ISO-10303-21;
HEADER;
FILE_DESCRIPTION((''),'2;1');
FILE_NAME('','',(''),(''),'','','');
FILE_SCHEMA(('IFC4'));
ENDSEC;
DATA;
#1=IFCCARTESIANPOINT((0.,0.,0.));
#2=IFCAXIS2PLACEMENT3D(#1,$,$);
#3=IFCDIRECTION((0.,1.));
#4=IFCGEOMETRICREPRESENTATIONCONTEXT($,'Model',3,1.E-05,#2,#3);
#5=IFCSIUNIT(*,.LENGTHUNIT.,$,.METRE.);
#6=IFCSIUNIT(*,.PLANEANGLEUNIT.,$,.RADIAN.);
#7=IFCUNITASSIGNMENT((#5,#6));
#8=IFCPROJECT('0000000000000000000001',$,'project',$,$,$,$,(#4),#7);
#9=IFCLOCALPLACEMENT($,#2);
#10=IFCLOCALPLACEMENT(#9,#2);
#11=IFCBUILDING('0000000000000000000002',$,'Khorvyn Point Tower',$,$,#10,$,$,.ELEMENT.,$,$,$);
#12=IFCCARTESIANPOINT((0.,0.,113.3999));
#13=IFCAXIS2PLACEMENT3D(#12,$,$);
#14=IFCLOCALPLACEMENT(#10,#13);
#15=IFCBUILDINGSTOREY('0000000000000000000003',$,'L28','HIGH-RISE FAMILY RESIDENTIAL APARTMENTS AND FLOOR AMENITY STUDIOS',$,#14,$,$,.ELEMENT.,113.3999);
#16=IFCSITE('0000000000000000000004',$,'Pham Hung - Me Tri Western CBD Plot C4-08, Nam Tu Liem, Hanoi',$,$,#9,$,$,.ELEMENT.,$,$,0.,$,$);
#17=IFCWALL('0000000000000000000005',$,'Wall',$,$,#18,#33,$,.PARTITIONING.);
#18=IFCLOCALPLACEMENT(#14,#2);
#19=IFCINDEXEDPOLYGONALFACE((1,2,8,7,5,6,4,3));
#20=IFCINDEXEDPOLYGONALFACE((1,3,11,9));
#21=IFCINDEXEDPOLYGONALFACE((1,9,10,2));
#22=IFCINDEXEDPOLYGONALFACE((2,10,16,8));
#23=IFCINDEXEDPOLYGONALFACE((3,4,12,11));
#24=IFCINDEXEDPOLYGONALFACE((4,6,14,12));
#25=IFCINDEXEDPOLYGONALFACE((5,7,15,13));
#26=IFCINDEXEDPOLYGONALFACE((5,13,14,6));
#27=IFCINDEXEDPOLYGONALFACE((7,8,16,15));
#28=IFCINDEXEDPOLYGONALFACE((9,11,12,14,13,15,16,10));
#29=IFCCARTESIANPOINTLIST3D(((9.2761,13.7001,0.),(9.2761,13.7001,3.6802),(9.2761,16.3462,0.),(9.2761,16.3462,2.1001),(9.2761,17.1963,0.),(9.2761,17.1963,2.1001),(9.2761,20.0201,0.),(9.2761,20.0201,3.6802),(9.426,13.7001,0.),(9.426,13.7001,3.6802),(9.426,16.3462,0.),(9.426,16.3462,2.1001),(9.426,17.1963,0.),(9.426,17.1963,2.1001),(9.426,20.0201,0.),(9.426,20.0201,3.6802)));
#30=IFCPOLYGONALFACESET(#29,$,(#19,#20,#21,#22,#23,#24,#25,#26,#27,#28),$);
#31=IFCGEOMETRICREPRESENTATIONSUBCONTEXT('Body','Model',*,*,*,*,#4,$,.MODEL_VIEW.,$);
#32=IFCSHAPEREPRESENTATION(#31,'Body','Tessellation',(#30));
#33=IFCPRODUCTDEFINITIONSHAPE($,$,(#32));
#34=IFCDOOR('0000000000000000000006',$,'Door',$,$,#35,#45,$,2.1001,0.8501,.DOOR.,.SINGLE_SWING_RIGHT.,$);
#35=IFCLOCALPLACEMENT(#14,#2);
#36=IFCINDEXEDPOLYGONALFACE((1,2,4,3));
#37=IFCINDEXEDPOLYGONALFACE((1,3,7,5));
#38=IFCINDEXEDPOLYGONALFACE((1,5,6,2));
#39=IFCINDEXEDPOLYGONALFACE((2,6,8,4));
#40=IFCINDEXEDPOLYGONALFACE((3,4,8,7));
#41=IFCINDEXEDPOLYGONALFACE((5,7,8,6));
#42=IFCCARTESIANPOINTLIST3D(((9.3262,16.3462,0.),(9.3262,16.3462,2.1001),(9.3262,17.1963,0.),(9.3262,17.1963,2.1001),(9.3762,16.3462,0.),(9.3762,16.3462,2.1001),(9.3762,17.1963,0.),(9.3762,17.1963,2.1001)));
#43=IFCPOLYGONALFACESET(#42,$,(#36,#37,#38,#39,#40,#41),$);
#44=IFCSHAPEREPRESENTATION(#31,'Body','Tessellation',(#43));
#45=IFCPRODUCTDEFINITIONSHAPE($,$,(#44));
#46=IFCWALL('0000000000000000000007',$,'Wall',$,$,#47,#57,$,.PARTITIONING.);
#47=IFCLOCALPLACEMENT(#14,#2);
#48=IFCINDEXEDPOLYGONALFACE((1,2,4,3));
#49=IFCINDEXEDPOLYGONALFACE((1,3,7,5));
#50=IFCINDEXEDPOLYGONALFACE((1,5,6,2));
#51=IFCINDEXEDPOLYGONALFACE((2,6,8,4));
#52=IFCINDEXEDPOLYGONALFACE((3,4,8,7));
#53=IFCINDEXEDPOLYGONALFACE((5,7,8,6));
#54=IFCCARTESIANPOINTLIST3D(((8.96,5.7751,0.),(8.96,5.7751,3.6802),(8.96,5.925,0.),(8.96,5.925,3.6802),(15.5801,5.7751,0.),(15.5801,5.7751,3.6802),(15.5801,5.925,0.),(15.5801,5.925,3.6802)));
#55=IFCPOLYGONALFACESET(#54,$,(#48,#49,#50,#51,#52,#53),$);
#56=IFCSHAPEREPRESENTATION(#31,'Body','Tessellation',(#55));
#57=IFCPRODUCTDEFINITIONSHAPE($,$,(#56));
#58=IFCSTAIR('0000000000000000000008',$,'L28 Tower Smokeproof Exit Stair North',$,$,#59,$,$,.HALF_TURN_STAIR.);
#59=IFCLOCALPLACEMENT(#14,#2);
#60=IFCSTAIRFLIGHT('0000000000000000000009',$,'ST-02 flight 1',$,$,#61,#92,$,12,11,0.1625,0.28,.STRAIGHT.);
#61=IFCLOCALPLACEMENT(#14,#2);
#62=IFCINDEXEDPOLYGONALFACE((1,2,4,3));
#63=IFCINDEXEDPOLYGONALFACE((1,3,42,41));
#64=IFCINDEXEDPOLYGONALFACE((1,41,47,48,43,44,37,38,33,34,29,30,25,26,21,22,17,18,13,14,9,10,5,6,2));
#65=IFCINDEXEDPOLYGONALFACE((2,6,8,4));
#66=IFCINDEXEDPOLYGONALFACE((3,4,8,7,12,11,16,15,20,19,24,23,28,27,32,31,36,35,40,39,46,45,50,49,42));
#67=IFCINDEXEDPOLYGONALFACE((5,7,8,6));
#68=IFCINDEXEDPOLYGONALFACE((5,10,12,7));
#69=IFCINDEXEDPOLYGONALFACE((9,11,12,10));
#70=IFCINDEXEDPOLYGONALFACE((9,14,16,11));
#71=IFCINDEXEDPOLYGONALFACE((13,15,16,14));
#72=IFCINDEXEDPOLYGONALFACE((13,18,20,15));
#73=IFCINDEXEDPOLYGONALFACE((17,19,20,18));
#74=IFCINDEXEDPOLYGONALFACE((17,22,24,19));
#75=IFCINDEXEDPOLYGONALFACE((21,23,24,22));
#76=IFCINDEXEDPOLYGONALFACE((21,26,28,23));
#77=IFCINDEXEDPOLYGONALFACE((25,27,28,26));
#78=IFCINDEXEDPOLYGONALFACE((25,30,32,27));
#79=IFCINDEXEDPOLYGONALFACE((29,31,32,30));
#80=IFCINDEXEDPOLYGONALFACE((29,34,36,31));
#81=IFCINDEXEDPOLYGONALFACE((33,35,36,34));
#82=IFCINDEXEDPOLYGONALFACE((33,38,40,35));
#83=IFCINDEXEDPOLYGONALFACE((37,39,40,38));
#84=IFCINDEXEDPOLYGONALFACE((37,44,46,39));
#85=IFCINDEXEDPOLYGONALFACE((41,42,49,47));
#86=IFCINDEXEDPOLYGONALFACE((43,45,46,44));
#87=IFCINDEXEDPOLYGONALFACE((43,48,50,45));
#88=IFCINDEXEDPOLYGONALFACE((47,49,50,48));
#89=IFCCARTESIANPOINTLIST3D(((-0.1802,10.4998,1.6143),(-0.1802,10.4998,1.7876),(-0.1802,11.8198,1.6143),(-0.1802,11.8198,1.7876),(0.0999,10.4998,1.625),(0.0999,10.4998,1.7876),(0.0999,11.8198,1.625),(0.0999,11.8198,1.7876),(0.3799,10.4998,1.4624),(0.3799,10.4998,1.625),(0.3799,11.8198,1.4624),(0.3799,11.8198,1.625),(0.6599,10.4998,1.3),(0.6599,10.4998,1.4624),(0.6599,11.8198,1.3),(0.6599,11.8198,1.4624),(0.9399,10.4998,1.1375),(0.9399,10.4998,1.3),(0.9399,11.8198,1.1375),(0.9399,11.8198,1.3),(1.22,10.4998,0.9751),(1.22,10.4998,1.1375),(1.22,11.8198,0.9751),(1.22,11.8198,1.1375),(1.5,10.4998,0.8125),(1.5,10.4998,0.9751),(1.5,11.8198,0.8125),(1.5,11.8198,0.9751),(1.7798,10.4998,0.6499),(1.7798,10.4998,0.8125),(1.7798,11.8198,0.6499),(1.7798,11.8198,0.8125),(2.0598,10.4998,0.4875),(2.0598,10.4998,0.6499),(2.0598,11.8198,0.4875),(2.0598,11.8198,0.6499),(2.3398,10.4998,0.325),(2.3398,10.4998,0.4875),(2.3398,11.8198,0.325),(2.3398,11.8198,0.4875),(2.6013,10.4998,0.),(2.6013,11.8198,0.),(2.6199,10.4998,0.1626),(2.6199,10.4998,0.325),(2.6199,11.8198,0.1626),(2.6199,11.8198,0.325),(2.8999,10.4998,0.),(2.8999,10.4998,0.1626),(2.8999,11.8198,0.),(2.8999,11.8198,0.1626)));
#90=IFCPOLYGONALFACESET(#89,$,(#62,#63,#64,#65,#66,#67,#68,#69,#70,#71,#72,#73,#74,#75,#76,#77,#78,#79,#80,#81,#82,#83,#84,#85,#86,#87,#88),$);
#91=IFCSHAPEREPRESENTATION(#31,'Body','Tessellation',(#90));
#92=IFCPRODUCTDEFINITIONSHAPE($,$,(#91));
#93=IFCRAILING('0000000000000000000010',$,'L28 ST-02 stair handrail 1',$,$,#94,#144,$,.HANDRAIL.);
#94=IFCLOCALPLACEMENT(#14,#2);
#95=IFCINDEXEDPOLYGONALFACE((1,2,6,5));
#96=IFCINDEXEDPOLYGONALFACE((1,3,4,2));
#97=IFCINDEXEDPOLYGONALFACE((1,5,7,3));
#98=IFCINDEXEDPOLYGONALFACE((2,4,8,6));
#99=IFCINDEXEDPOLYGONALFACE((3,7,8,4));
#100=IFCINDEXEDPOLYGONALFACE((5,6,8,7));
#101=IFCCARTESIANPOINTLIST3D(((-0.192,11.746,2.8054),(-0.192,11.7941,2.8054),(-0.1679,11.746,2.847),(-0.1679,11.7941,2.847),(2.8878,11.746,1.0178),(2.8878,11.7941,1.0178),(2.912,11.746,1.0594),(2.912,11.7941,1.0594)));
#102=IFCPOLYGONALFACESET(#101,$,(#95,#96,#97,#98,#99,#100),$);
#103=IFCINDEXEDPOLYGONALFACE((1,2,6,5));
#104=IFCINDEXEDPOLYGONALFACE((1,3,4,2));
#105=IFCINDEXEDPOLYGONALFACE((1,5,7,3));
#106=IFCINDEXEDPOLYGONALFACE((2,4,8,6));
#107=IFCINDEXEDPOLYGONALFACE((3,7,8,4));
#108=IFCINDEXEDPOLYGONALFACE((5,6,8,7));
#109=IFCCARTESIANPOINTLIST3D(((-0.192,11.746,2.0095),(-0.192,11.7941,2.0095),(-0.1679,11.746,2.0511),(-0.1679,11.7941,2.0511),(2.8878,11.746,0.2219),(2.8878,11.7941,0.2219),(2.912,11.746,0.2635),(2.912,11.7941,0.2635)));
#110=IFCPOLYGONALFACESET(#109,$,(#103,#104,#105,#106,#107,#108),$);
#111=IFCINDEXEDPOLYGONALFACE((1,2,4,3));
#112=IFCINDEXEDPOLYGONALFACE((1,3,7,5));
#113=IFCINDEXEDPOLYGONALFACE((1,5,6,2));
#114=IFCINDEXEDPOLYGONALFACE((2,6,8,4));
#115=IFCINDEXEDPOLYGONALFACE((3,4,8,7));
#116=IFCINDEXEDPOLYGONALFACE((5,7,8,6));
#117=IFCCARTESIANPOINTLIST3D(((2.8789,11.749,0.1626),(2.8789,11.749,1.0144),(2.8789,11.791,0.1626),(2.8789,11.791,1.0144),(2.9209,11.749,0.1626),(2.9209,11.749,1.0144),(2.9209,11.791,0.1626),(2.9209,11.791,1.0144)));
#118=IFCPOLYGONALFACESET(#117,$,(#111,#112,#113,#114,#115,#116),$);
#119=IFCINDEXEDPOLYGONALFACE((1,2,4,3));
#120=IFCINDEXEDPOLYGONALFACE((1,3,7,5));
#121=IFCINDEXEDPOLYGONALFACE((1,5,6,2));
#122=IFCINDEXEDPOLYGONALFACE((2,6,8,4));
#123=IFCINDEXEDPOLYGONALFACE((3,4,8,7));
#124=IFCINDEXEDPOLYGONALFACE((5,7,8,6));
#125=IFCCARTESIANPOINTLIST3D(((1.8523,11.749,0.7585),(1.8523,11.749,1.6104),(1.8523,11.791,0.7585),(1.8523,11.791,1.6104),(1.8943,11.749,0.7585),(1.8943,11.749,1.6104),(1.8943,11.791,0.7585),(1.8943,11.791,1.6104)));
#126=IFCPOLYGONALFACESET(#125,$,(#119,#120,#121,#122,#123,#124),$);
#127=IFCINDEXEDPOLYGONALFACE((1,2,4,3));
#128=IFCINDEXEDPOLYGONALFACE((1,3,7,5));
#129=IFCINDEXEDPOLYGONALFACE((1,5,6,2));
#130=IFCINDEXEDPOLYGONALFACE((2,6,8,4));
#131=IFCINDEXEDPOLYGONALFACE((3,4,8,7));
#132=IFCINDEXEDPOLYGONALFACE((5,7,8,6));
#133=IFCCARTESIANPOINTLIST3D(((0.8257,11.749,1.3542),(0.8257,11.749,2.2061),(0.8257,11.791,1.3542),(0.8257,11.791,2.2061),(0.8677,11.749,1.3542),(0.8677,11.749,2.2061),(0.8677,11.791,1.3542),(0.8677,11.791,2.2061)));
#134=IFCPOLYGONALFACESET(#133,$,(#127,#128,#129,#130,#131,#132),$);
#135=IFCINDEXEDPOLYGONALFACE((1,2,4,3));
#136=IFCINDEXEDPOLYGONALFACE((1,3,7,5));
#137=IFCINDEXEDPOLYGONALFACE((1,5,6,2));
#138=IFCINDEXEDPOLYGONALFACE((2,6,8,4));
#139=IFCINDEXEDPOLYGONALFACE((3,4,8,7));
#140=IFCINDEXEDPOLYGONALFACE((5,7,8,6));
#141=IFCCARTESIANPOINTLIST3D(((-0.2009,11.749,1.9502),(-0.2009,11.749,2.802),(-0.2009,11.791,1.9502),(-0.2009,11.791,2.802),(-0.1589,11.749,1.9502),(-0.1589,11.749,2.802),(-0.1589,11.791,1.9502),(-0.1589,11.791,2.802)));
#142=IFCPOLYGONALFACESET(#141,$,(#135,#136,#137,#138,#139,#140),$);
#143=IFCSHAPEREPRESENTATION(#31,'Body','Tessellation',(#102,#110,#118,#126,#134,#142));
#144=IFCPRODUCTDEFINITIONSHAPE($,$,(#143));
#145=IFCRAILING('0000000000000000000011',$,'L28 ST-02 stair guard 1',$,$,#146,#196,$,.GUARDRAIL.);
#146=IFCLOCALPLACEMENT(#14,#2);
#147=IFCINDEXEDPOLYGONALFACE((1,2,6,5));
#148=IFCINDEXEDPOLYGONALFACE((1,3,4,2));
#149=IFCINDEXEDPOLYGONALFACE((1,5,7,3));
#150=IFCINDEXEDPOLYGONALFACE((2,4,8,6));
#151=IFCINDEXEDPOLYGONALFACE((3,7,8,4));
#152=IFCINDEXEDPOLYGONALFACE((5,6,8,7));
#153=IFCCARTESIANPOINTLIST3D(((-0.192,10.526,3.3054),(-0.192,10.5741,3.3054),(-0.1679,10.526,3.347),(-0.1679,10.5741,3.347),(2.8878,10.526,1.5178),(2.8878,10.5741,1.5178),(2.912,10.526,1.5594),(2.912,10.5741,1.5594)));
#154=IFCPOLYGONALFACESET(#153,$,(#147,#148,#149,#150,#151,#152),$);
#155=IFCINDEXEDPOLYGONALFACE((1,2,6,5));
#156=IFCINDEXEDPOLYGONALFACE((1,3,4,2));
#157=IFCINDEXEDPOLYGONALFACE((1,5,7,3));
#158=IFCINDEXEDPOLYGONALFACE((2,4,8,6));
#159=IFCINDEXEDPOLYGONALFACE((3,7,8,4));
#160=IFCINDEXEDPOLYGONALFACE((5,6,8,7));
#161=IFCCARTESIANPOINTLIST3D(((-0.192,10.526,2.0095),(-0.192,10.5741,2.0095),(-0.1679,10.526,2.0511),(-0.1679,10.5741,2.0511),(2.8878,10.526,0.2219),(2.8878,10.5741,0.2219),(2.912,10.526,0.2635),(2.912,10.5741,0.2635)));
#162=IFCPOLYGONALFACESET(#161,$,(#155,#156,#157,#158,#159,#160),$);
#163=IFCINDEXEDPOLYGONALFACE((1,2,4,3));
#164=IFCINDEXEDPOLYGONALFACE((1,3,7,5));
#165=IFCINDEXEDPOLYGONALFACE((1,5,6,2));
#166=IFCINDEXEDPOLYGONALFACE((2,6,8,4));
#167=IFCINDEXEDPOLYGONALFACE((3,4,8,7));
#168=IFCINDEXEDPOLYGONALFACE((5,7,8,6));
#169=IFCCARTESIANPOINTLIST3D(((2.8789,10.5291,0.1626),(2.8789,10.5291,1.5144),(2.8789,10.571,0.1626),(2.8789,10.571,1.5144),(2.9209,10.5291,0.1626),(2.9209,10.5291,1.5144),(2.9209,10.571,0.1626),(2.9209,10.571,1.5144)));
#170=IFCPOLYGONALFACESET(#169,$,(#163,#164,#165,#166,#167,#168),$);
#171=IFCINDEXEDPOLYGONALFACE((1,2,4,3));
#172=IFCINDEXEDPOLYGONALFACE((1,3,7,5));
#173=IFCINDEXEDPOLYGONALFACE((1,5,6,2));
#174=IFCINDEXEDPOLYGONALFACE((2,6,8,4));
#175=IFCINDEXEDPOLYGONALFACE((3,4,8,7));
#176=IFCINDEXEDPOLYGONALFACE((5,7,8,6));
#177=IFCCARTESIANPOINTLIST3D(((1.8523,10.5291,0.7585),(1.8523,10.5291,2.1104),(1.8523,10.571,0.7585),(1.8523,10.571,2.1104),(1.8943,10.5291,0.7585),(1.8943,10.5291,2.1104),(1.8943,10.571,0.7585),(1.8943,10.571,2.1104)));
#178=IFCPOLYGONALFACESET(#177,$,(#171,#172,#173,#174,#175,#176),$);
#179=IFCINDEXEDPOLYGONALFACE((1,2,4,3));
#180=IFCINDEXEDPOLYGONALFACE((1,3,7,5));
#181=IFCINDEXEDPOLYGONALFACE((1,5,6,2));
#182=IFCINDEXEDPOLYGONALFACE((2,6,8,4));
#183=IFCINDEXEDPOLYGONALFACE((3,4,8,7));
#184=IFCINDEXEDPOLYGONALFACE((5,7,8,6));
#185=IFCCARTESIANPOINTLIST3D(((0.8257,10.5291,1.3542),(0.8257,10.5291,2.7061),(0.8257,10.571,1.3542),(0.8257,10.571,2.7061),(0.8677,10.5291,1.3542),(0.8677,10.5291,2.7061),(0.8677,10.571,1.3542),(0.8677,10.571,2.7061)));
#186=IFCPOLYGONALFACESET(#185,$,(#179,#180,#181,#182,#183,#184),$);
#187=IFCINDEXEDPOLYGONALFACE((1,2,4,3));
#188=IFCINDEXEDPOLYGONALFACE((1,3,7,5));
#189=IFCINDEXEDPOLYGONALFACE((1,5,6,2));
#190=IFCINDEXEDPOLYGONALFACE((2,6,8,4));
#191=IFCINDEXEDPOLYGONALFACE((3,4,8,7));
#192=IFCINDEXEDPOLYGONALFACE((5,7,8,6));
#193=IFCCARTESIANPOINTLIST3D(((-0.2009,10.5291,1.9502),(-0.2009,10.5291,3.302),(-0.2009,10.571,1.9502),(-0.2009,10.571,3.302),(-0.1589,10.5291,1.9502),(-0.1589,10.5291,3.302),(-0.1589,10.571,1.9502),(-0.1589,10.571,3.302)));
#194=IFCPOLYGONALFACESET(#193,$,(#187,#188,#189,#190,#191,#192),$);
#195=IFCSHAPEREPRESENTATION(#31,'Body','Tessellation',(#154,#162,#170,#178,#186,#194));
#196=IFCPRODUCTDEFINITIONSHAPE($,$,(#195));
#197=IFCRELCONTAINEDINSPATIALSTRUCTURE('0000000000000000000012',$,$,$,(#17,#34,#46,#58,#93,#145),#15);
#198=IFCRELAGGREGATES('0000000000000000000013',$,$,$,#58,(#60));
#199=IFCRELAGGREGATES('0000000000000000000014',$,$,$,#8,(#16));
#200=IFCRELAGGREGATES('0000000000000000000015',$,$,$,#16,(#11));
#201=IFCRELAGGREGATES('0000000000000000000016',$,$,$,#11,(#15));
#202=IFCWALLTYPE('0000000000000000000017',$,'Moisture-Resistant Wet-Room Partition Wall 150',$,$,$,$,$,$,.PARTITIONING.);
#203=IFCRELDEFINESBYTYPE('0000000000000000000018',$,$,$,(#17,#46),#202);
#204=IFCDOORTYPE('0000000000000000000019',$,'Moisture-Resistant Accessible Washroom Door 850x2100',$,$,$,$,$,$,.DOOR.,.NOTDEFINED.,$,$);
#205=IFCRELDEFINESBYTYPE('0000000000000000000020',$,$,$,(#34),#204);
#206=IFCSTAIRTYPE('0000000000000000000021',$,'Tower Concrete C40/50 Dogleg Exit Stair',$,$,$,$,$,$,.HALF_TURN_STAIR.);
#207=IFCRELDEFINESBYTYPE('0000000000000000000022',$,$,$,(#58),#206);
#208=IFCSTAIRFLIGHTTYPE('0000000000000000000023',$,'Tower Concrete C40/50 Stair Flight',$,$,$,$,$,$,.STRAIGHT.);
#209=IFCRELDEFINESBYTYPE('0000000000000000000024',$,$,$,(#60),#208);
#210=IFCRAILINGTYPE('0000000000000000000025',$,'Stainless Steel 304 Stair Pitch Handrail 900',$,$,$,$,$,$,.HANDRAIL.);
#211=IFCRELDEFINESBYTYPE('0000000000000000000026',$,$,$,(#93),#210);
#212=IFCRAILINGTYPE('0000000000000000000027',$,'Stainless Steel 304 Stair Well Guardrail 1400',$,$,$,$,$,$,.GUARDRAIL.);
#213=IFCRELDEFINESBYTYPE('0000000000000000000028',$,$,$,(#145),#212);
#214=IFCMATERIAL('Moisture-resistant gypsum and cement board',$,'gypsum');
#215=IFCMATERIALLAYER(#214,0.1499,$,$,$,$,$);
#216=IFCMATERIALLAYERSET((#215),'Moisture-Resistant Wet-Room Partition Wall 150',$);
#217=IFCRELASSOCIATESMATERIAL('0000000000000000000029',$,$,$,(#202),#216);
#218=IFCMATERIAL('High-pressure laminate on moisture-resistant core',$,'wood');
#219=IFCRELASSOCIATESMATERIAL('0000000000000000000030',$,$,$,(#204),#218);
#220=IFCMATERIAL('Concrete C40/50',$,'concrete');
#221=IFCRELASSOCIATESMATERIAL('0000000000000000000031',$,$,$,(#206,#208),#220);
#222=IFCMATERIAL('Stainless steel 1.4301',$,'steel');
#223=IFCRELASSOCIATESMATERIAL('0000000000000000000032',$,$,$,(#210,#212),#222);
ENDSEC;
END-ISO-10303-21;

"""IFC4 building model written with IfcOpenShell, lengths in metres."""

from ifc_helpers import new_model, si_unit, direction, frame, frame_2d, origin, origin_2d, place, context, subcontext, project, spatial, polyline, rectangle, outline, extrude, material, layer, layer_set, type_object, element, fill, aggregate, save


model = new_model("IFC4")

# Units and contexts
model_context = context("Model", 3, precision=1e-05, world=origin(), true_north=direction((0.0, 1.0)))
body_context = subcontext(model_context, "Body", "Model", "MODEL_VIEW")
ifc_project = project(units=[si_unit("LENGTHUNIT", "METRE"), si_unit("PLANEANGLEUNIT", "RADIAN")], contexts=[model_context])

# Site, building, storey
site_placement = place(None, origin())
site = spatial("IfcSite", under=ifc_project, at=site_placement, Name="Pham Hung - Me Tri Western CBD Plot C4-08, Nam Tu Liem, Hanoi", CompositionType="ELEMENT", RefElevation=0.0)
building_placement = place(site_placement, origin())
building = spatial("IfcBuilding", under=site, at=building_placement, Name="Khorvyn Point Tower", CompositionType="ELEMENT")
storey_placement = place(building_placement, frame((0.0, 0.0, 113.3999)))
storey = spatial("IfcBuildingStorey", under=building, at=storey_placement, Name="L28", Description="HIGH-RISE FAMILY RESIDENTIAL APARTMENTS AND FLOOR AMENITY STUDIOS", CompositionType="ELEMENT", Elevation=113.3999)

# Shared definitions
ifc_material_1 = material(Name="Concrete C40/50", Category="concrete")

# Shared definitions
ifc_material_2 = material(Name="Stainless steel 1.4301", Category="steel")

# Wall, opening, door
ifc_material_3 = material(Name="Moisture-resistant gypsum and cement board", Category="gypsum")
ifc_layer_1 = layer(ifc_material_3, 0.1499)
ifc_layer_set_1 = layer_set([ifc_layer_1], Name="Moisture-Resistant Wet-Room Partition Wall 150")
wall_type_1 = type_object("IfcWallType", Name="Moisture-Resistant Wet-Room Partition Wall 150", PredefinedType="PARTITIONING", material=ifc_layer_set_1)
wall_1_placement = place(storey_placement, frame((9.3511, 13.7, 0.0), z_axis=(0.0, 0.0, 1.0), x_axis=(0.0, 1.0, 0.0)))
wall_1 = element("IfcWall", 1, at=wall_1_placement, inside=storey, type_object=wall_type_1, Name="Wall", PredefinedType="PARTITIONING", context=body_context, shape_type="SweptSolid", body=[
    extrude(rectangle(XDim=6.3201, YDim=0.1499, at=frame_2d((3.1602, 0.0))), origin(), (0.0, 0.0, 1.0), 3.6802),
])
opening_1_placement = place(wall_1_placement, frame((2.6462, 0.0, 0.0)))
opening_1 = element("IfcOpeningElement", 2, at=opening_1_placement, cuts=wall_1, PredefinedType="OPENING", context=body_context, shape_type="SweptSolid", body=[
    extrude(rectangle(XDim=0.8501, YDim=2.1001, at=frame_2d((0.425, 1.05))), frame((0.0, 0.085, 0.0), z_axis=(0.0, -1.0, 0.0), x_axis=(1.0, 0.0, 0.0)), (0.0, 0.0, 1.0), 0.1699),
])
ifc_material_4 = material(Name="High-pressure laminate on moisture-resistant core", Category="wood")
door_type_1 = type_object("IfcDoorType", Name="Moisture-Resistant Accessible Washroom Door 850x2100", OperationType="NOTDEFINED", PredefinedType="DOOR", material=ifc_material_4)
door_1_placement = place(opening_1_placement, origin())
door_1 = element("IfcDoor", 3, at=door_1_placement, inside=storey, type_object=door_type_1, Name="Door", OperationType="SINGLE_SWING_RIGHT", OverallHeight=2.1001, OverallWidth=0.8501, PredefinedType="DOOR", context=body_context, shape_type="SweptSolid", body=[
    extrude(rectangle(XDim=0.8501, YDim=2.1001, at=frame_2d((0.425, 1.05))), frame((0.0, 0.0249, 0.0), z_axis=(0.0, -1.0, 0.0), x_axis=(1.0, 0.0, 0.0)), (0.0, 0.0, 1.0), 0.05),
])
fill(opening_1, door_1)

# Wall
wall_2_placement = place(storey_placement, frame((8.96, 5.8501, 0.0), z_axis=(0.0, 0.0, 1.0), x_axis=(1.0, 0.0, 0.0)))
element("IfcWall", 4, at=wall_2_placement, inside=storey, type_object=wall_type_1, Name="Wall", PredefinedType="PARTITIONING", context=body_context, shape_type="SweptSolid", body=[
    extrude(rectangle(XDim=6.6201, YDim=0.1499, at=frame_2d((3.3101, 0.0))), origin(), (0.0, 0.0, 1.0), 3.6802),
])

# Stair, stair flight
stair_type = type_object("IfcStairType", Name="Tower Concrete C40/50 Dogleg Exit Stair", PredefinedType="HALF_TURN_STAIR", material=ifc_material_1)
stair_placement = place(storey_placement, origin())
stair = element("IfcStair", 5, at=stair_placement, inside=storey, type_object=stair_type, Name="L28 Tower Smokeproof Exit Stair North", PredefinedType="HALF_TURN_STAIR")
stair_flight_type = type_object("IfcStairFlightType", Name="Tower Concrete C40/50 Stair Flight", PredefinedType="STRAIGHT", material=ifc_material_1)
stair_flight_placement = place(storey_placement, frame((2.8999, 11.1599, 0.0), z_axis=(0.0, 0.0, 1.0), x_axis=(-1.0, 0.0, 0.0)))
stair_flight = element("IfcStairFlight", 6, at=stair_flight_placement, type_object=stair_flight_type, Name="ST-02 flight 1", NumberOfRisers=12, NumberOfTreads=11, PredefinedType="STRAIGHT", RiserHeight=0.1625, TreadLength=0.28, context=body_context, shape_type="SweptSolid", body=[
    extrude(outline(polyline([(0.0, 0.0), (0.0, 0.1626), (0.28, 0.1626), (0.28, 0.325), (0.5601, 0.325), (0.5601, 0.4875), (0.8401, 0.4875), (0.8401, 0.6499), (1.1201, 0.6499), (1.1201, 0.8125), (1.3999, 0.8125), (1.3999, 0.9751), (1.6799, 0.9751), (1.6799, 1.1375), (1.96, 1.1375), (1.96, 1.3), (2.24, 1.3), (2.24, 1.4624), (2.52, 1.4624), (2.52, 1.625), (2.8, 1.625), (2.8, 1.7876), (3.0801, 1.7876), (3.0801, 1.95), (3.0801, 1.6143), (0.2986, 0.0), (0.0, 0.0)])), frame((0.0, 0.6602, 0.0), z_axis=(0.0, -1.0, 0.0), x_axis=(1.0, 0.0, 0.0)), (0.0, 0.0, 1.0), 1.3201),
])
aggregate(stair, [stair_flight])

# Railings
railing_type_1 = type_object("IfcRailingType", Name="Stainless Steel 304 Stair Pitch Handrail 900", PredefinedType="HANDRAIL", material=ifc_material_2)
railing_1_placement = place(storey_placement, frame((2.8999, 11.77, 0.1626)))
element("IfcRailing", 7, at=railing_1_placement, inside=storey, type_object=railing_type_1, Name="L28 ST-02 stair handrail 1", PredefinedType="HANDRAIL", context=body_context, shape_type="SweptSolid", body=[
    extrude(rectangle(XDim=0.0481, YDim=0.0481, at=origin_2d()), frame((0.0, 0.0, 0.876), z_axis=(-0.864873, 0.0, 0.50199), x_axis=(0.0, -1.0, 0.0)), (0.0, 0.0, 1.0), 3.561),
    extrude(rectangle(XDim=0.0481, YDim=0.0481, at=origin_2d()), frame((0.0, 0.0, 0.0801), z_axis=(-0.864873, 0.0, 0.50199), x_axis=(0.0, -1.0, 0.0)), (0.0, 0.0, 1.0), 3.561),
    extrude(rectangle(XDim=0.042, YDim=0.042, at=origin_2d()), origin(), (0.0, 0.0, 1.0), 0.8518),
    extrude(rectangle(XDim=0.042, YDim=0.042, at=origin_2d()), frame((-1.0266, 0.0, 0.5959)), (0.0, 0.0, 1.0), 0.8518),
    extrude(rectangle(XDim=0.042, YDim=0.042, at=origin_2d()), frame((-2.0532, 0.0, 1.1917)), (0.0, 0.0, 1.0), 0.8518),
    extrude(rectangle(XDim=0.042, YDim=0.042, at=origin_2d()), frame((-3.0798, 0.0, 1.7876)), (0.0, 0.0, 1.0), 0.8518),
])
railing_type_2 = type_object("IfcRailingType", Name="Stainless Steel 304 Stair Well Guardrail 1400", PredefinedType="GUARDRAIL", material=ifc_material_2)
railing_2_placement = place(storey_placement, frame((2.8999, 10.55, 0.1626)))
element("IfcRailing", 8, at=railing_2_placement, inside=storey, type_object=railing_type_2, Name="L28 ST-02 stair guard 1", PredefinedType="GUARDRAIL", context=body_context, shape_type="SweptSolid", body=[
    extrude(rectangle(XDim=0.0481, YDim=0.0481, at=origin_2d()), frame((0.0, 0.0, 1.376), z_axis=(-0.864873, 0.0, 0.50199), x_axis=(0.0, -1.0, 0.0)), (0.0, 0.0, 1.0), 3.561),
    extrude(rectangle(XDim=0.0481, YDim=0.0481, at=origin_2d()), frame((0.0, 0.0, 0.0801), z_axis=(-0.864873, 0.0, 0.50199), x_axis=(0.0, -1.0, 0.0)), (0.0, 0.0, 1.0), 3.561),
    extrude(rectangle(XDim=0.042, YDim=0.042, at=origin_2d()), origin(), (0.0, 0.0, 1.0), 1.3518),
    extrude(rectangle(XDim=0.042, YDim=0.042, at=origin_2d()), frame((-1.0266, 0.0, 0.5959)), (0.0, 0.0, 1.0), 1.3518),
    extrude(rectangle(XDim=0.042, YDim=0.042, at=origin_2d()), frame((-2.0532, 0.0, 1.1917)), (0.0, 0.0, 1.0), 1.3518),
    extrude(rectangle(XDim=0.042, YDim=0.042, at=origin_2d()), frame((-3.0798, 0.0, 1.7876)), (0.0, 0.0, 1.0), 1.3518),
])

save(model, "model.ifc")
